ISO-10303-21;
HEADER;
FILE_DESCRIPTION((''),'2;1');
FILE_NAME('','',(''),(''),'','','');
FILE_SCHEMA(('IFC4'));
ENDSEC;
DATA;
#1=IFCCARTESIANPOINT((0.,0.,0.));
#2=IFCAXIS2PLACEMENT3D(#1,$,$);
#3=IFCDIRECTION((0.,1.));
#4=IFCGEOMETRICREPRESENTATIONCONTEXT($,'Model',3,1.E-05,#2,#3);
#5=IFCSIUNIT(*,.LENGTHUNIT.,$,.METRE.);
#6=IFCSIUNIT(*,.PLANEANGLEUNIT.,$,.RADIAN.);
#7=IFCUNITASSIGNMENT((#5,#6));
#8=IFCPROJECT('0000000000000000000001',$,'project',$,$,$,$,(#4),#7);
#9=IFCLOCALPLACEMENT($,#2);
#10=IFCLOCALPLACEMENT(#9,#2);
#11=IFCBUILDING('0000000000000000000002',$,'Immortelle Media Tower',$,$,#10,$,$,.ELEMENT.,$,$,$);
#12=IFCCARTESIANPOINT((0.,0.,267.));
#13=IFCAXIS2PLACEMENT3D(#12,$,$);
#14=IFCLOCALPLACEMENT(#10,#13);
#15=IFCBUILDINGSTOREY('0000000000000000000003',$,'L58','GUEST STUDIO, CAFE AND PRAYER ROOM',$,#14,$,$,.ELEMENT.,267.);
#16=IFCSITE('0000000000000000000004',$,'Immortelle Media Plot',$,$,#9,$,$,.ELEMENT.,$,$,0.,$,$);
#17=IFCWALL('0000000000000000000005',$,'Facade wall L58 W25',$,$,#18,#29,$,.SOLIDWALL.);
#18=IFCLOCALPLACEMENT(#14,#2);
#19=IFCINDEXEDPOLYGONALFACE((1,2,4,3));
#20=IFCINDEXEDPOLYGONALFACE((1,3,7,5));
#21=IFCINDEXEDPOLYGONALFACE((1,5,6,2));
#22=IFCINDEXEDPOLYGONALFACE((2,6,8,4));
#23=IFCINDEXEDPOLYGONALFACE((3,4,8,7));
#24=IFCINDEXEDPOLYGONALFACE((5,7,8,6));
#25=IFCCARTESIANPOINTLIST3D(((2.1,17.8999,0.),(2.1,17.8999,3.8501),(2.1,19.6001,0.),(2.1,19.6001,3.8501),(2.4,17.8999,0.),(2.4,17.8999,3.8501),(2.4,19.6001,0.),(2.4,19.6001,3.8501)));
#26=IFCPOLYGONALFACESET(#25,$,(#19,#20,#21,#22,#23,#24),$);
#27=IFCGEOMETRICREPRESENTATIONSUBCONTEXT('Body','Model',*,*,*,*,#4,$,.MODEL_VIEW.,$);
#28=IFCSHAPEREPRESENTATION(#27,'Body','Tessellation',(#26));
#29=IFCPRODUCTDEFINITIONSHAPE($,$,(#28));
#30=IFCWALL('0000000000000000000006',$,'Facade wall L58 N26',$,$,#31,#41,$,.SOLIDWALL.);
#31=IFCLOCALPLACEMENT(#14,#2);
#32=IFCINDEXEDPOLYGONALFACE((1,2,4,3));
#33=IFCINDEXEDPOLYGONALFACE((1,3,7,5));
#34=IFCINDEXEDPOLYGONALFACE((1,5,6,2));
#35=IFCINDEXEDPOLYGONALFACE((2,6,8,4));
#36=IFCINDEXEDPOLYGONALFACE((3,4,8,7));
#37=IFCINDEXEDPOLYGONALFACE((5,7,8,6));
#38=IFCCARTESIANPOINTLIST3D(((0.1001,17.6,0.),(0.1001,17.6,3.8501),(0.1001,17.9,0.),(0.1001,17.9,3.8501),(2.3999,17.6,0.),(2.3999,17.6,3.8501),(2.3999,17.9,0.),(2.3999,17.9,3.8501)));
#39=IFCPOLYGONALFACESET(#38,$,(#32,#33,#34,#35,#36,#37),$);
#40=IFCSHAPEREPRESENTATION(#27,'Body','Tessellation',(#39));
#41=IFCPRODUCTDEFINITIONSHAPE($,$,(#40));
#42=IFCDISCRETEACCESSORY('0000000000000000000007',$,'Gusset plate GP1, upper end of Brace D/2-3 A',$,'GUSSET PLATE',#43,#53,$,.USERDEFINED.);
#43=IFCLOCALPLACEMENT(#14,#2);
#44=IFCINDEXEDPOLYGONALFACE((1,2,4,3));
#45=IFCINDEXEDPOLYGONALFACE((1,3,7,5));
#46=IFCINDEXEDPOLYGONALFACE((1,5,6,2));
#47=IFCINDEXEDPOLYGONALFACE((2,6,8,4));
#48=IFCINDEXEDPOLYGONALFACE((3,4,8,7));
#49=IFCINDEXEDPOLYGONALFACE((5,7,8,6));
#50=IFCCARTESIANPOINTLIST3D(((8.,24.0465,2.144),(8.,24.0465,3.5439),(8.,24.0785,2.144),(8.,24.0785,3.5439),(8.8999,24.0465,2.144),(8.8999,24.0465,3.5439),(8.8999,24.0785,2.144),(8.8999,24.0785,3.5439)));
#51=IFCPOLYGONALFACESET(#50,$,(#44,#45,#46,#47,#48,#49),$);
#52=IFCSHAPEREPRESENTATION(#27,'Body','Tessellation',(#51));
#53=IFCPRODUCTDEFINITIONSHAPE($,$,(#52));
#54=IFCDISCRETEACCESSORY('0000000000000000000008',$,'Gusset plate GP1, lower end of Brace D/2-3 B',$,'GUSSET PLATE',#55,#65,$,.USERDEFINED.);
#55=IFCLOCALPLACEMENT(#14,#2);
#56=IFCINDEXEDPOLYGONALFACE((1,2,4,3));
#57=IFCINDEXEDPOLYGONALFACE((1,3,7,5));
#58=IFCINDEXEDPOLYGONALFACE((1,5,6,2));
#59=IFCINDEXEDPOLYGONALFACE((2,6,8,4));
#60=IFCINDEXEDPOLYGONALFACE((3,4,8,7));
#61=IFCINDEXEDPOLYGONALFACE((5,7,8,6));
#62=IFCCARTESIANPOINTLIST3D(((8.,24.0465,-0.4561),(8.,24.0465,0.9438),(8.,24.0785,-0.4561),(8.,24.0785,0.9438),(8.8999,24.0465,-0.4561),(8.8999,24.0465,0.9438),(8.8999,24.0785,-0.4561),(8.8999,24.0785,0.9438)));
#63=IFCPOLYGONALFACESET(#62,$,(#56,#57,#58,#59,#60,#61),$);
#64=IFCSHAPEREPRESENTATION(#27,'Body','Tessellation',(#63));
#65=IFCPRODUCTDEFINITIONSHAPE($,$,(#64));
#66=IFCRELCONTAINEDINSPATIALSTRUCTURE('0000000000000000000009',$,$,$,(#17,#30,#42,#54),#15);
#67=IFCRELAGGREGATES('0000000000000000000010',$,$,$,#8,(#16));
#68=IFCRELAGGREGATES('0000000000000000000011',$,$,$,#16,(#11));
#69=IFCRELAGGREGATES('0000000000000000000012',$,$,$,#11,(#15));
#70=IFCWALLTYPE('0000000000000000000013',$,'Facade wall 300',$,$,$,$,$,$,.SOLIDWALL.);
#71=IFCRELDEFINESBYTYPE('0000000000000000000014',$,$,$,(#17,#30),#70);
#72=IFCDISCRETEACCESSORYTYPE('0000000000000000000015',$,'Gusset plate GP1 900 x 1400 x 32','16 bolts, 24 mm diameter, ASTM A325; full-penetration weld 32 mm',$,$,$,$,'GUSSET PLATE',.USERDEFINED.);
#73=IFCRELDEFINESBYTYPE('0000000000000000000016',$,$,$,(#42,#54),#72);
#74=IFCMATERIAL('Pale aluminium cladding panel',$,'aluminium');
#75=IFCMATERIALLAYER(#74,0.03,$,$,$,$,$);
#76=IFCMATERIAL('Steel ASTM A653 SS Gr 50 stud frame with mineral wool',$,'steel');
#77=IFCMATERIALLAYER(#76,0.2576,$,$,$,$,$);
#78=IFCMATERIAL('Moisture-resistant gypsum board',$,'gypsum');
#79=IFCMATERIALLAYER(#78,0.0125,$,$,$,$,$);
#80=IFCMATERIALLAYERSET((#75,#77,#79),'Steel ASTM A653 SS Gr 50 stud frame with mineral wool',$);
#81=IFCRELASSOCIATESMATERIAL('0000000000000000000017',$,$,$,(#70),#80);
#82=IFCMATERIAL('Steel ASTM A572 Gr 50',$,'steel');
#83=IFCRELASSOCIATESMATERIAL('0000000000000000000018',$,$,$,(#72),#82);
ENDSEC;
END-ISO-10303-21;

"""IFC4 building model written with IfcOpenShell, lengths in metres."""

from ifc_helpers import new_model, si_unit, direction, frame, frame_2d, origin, origin_2d, place, context, subcontext, project, spatial, rectangle, extrude, material, layer, layer_set, material_profile, profile_set, type_object, element, save


model = new_model("IFC4")

# Units and contexts
model_context = context("Model", 3, precision=1e-05, world=origin(), true_north=direction((0.0, 1.0)))
body_context = subcontext(model_context, "Body", "Model", "MODEL_VIEW")
ifc_project = project(units=[si_unit("LENGTHUNIT", "METRE"), si_unit("PLANEANGLEUNIT", "RADIAN")], contexts=[model_context])

# Site, building, storey
site_placement = place(None, origin())
site = spatial("IfcSite", under=ifc_project, at=site_placement, Name="Immortelle Media Plot", CompositionType="ELEMENT", RefElevation=0.0)
building_placement = place(site_placement, origin())
building = spatial("IfcBuilding", under=site, at=building_placement, Name="Immortelle Media Tower", CompositionType="ELEMENT")
storey_placement = place(building_placement, frame((0.0, 0.0, 267.0)))
storey = spatial("IfcBuildingStorey", under=building, at=storey_placement, Name="L58", Description="GUEST STUDIO, CAFE AND PRAYER ROOM", CompositionType="ELEMENT", Elevation=267.0)

# Shared definitions
ifc_material_1 = material(Name="Steel ASTM A653 SS Gr 50 stud frame with mineral wool", Category="steel")

# Walls
ifc_material_2 = material(Name="Pale aluminium cladding panel", Category="aluminium")
ifc_layer_1 = layer(ifc_material_2, 0.03)
ifc_layer_2 = layer(ifc_material_1, 0.2576)
ifc_material_3 = material(Name="Moisture-resistant gypsum board", Category="gypsum")
ifc_layer_3 = layer(ifc_material_3, 0.0125)
ifc_layer_set_1 = layer_set([ifc_layer_1, ifc_layer_2, ifc_layer_3], Name="Steel ASTM A653 SS Gr 50 stud frame with mineral wool")
wall_type_1 = type_object("IfcWallType", Name="Facade wall 300", PredefinedType="SOLIDWALL", material=ifc_layer_set_1)
wall_1_placement = place(storey_placement, frame((2.25, 19.6001, 0.0), z_axis=(0.0, 0.0, 1.0), x_axis=(0.0, -1.0, 0.0)))
element("IfcWall", 1, at=wall_1_placement, inside=storey, type_object=wall_type_1, Name="Facade wall L58 W25", PredefinedType="SOLIDWALL", context=body_context, shape_type="SweptSolid", body=[
    extrude(rectangle(XDim=1.7002, YDim=0.3, at=frame_2d((0.8501, 0.0))), origin(), (0.0, 0.0, 1.0), 3.8501),
])
wall_2_placement = place(storey_placement, frame((2.3999, 17.75, 0.0), z_axis=(0.0, 0.0, 1.0), x_axis=(-1.0, 0.0, 0.0)))
element("IfcWall", 2, at=wall_2_placement, inside=storey, type_object=wall_type_1, Name="Facade wall L58 N26", PredefinedType="SOLIDWALL", context=body_context, shape_type="SweptSolid", body=[
    extrude(rectangle(XDim=2.2998, YDim=0.3, at=frame_2d((1.1499, 0.0))), origin(), (0.0, 0.0, 1.0), 3.8501),
])

# Discrete accessories
ifc_material_4 = material(Name="Steel ASTM A572 Gr 50", Category="steel")
ifc_material_profile_1 = material_profile(ifc_material_4, rectangle(XDim=0.032, YDim=1.3999, at=origin_2d()), Name="PL 32 x 1400")
ifc_profile_set_1 = profile_set([ifc_material_profile_1], Name="Steel ASTM A572 Gr 50")
discrete_accessory_type = type_object("IfcDiscreteAccessoryType", Name="Gusset plate GP1 900 x 1400 x 32", Description="16 bolts, 24 mm diameter, ASTM A325; full-penetration weld 32 mm", ElementType="GUSSET PLATE", PredefinedType="USERDEFINED", material=ifc_profile_set_1)
for number, where, z_axis, x_axis, name in (
    (3, (8.0, 24.0625, 2.844), (1.0, 0.0, 0.0), (0.0, 1.0, 0.0), "Gusset plate GP1, upper end of Brace D/2-3 A"),
    (4, (8.0, 24.0625, 0.2439), (1.0, 0.0, 0.0), (0.0, 1.0, 0.0), "Gusset plate GP1, lower end of Brace D/2-3 B"),
):
    element("IfcDiscreteAccessory", number, at=place(storey_placement, frame(where, z_axis=z_axis, x_axis=x_axis)), inside=storey, type_object=discrete_accessory_type, Name=name, ObjectType="GUSSET PLATE", PredefinedType="USERDEFINED", context=body_context, shape_type="SweptSolid", body=[
        extrude(rectangle(XDim=0.032, YDim=1.3999, at=origin_2d()), origin(), (0.0, 0.0, 1.0), 0.8999),
    ])

save(model, "model.ifc")
